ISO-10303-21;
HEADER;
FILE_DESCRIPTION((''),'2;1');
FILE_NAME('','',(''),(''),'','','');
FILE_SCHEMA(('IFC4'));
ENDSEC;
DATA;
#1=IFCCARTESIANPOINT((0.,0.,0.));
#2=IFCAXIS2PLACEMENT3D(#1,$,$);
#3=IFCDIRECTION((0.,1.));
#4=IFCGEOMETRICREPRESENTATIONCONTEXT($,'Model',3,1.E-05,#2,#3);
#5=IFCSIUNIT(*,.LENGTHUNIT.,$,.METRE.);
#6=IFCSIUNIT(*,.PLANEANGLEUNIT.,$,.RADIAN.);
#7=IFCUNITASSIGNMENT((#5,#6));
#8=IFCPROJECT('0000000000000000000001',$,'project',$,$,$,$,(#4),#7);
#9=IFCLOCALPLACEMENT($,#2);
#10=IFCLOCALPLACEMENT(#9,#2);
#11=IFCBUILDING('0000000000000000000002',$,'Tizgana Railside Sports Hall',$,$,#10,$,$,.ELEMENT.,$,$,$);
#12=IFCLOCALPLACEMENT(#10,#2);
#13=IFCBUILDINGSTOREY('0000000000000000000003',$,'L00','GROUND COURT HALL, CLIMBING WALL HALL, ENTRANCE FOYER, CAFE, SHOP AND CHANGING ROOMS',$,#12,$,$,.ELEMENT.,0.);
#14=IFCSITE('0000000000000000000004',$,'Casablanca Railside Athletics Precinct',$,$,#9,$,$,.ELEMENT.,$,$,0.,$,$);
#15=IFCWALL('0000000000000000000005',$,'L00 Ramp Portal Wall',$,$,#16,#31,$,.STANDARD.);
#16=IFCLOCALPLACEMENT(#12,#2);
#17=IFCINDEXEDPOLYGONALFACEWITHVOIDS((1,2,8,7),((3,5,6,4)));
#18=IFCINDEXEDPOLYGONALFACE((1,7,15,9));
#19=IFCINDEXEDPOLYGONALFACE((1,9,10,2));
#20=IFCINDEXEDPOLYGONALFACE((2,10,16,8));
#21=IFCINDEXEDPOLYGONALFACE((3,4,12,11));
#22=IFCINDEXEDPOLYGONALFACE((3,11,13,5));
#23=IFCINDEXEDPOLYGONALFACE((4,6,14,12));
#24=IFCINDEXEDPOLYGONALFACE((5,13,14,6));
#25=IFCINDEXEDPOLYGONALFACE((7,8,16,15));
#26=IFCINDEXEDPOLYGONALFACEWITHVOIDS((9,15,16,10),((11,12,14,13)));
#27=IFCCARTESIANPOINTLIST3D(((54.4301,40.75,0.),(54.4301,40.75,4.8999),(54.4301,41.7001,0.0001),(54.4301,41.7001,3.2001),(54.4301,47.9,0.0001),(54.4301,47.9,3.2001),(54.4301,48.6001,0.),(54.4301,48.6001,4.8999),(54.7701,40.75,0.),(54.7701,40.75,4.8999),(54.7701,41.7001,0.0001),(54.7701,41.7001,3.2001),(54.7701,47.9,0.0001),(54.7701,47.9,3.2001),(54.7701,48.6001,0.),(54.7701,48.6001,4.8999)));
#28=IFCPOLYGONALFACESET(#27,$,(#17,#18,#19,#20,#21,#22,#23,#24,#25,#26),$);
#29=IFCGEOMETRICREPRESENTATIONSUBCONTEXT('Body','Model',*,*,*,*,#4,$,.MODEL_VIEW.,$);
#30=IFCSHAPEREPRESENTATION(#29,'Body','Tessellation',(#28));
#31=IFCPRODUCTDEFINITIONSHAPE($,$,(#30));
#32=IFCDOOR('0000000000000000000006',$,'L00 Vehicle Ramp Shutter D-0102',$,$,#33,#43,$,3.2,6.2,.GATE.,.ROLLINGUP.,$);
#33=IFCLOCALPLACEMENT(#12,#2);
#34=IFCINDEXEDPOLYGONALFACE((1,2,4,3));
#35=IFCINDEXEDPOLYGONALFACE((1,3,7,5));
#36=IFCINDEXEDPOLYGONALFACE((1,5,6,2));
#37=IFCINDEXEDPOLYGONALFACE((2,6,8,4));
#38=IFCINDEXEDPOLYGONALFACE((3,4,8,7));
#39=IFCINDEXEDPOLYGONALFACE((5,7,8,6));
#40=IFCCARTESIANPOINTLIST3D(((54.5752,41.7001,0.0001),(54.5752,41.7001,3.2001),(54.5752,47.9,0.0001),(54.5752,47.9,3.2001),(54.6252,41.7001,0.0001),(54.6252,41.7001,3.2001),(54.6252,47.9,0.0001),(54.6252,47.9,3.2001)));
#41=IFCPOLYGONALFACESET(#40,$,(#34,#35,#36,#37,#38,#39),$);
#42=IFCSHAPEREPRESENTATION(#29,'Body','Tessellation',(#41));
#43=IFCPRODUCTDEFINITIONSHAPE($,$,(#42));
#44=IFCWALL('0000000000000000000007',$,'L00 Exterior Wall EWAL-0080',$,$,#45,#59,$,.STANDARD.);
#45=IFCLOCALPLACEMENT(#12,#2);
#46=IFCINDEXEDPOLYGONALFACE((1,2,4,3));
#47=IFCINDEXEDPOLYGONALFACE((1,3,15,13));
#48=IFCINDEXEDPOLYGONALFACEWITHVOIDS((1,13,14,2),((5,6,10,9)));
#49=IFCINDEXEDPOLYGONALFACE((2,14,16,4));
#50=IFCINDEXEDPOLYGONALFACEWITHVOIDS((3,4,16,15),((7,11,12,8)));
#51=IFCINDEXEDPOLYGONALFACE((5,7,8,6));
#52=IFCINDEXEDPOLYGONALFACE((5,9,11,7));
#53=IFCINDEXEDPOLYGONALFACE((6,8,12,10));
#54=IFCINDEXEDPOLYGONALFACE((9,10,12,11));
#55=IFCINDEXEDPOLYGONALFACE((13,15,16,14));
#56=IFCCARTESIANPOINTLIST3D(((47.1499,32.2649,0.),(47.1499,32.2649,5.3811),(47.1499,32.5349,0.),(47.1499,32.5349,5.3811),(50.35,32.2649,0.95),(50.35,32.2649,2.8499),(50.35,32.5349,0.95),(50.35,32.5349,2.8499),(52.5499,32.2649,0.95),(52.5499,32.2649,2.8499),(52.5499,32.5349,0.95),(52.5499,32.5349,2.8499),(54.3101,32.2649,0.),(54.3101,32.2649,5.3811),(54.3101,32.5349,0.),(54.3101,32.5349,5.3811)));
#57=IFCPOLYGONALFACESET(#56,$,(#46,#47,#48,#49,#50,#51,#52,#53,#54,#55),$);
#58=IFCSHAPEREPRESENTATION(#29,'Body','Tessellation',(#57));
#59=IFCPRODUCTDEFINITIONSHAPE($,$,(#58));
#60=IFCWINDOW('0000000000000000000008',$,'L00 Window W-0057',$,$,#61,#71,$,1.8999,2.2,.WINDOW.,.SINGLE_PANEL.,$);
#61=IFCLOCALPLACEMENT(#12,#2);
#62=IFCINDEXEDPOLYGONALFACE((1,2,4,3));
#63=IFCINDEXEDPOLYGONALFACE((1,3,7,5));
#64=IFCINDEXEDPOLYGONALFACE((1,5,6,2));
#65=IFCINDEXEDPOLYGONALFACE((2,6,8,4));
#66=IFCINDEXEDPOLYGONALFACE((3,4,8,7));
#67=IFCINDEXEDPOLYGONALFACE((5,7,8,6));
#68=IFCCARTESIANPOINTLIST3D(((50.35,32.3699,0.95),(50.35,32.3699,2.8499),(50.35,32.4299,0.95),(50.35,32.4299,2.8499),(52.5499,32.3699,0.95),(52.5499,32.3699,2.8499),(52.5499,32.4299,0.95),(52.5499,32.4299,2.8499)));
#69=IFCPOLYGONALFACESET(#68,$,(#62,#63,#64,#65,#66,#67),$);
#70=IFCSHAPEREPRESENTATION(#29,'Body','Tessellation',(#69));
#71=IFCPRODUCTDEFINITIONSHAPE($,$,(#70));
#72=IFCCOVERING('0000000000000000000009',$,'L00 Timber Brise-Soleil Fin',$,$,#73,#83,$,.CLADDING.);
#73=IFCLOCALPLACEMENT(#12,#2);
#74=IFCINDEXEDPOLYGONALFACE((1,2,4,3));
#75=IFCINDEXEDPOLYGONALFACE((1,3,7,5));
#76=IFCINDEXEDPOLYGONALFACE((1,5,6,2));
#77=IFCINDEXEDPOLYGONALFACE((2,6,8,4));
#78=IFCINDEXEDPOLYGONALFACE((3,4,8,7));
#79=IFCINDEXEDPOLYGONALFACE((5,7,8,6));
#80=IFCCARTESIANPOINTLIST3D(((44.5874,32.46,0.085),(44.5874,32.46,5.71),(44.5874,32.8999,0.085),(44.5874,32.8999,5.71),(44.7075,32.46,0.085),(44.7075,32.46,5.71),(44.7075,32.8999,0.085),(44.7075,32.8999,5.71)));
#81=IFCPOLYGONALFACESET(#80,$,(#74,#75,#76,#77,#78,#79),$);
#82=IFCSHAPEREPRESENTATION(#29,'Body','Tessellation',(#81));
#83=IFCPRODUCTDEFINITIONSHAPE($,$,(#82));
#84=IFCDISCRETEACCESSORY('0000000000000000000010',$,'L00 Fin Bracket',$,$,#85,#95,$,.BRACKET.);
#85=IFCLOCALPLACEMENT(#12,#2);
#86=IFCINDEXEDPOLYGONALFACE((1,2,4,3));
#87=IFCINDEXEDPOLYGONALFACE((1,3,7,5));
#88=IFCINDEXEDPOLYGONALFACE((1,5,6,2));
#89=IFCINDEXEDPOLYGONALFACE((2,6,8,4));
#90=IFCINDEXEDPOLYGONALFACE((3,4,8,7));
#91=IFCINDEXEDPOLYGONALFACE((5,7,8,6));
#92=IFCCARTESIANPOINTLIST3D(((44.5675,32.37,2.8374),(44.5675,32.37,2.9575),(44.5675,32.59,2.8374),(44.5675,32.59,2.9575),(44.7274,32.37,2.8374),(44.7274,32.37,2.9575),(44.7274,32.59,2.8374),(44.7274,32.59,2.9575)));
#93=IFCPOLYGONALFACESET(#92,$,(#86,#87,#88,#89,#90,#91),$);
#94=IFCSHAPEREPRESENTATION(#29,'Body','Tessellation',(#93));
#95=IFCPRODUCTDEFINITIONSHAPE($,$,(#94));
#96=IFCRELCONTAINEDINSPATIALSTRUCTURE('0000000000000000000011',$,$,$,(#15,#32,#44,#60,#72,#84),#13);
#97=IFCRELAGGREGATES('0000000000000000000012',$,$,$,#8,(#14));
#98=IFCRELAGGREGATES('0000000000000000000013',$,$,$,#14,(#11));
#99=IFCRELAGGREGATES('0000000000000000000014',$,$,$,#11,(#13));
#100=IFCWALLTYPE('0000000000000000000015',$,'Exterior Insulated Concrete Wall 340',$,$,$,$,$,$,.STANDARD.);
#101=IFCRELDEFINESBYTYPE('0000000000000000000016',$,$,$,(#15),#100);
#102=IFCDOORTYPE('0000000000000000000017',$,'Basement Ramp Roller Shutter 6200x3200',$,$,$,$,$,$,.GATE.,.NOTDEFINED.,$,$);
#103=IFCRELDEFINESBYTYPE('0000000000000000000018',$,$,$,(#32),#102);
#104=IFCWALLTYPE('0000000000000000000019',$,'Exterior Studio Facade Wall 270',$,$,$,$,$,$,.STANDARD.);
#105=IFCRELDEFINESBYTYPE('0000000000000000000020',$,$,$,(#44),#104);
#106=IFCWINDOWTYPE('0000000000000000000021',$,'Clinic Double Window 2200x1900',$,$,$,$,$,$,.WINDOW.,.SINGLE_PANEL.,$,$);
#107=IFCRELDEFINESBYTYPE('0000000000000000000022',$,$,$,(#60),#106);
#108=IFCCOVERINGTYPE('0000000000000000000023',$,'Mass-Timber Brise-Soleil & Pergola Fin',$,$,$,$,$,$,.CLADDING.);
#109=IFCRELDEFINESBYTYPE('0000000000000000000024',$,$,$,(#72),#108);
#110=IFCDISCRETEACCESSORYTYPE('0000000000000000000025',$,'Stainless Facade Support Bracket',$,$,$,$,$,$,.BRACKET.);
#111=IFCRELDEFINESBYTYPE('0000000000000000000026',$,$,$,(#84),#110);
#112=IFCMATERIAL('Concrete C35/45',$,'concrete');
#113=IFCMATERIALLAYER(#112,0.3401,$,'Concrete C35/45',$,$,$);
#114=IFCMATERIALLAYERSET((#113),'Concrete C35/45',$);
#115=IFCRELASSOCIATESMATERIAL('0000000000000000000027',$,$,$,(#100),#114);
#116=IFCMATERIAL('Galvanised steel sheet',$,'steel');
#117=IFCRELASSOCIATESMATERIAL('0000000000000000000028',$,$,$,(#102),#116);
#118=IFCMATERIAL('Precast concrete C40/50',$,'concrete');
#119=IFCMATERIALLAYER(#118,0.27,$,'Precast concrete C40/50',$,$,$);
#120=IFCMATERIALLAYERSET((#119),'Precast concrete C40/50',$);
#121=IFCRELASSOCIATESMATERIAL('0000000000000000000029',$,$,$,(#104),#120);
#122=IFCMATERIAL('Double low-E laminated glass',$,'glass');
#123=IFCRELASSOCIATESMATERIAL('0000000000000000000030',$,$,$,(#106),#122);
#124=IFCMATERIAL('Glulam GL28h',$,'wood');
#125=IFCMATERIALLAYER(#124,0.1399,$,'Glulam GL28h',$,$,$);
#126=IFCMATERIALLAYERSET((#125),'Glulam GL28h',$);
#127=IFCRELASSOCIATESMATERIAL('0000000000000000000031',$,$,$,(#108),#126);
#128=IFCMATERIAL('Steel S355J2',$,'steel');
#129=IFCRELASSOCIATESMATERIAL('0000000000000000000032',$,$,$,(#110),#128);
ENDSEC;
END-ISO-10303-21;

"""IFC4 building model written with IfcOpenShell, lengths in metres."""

from ifc_helpers import new_model, si_unit, direction, frame, frame_2d, origin, origin_2d, place, context, subcontext, project, spatial, rectangle, extrude, material, layer, layer_set, type_object, element, fill, save


model = new_model("IFC4")

# Units and contexts
model_context = context("Model", 3, precision=1e-05, world=origin(), true_north=direction((0.0, 1.0)))
body_context = subcontext(model_context, "Body", "Model", "MODEL_VIEW")
ifc_project = project(units=[si_unit("LENGTHUNIT", "METRE"), si_unit("PLANEANGLEUNIT", "RADIAN")], contexts=[model_context])

# Site, building, storey
site_placement = place(None, origin())
site = spatial("IfcSite", under=ifc_project, at=site_placement, Name="Casablanca Railside Athletics Precinct", CompositionType="ELEMENT", RefElevation=0.0)
building_placement = place(site_placement, origin())
building = spatial("IfcBuilding", under=site, at=building_placement, Name="Tizgana Railside Sports Hall", CompositionType="ELEMENT")
storey_placement = place(building_placement, origin())
storey = spatial("IfcBuildingStorey", under=building, at=storey_placement, Name="L00", Description="GROUND COURT HALL, CLIMBING WALL HALL, ENTRANCE FOYER, CAFE, SHOP AND CHANGING ROOMS", CompositionType="ELEMENT", Elevation=0.0)

# Shared definitions
ifc_material_1 = material(Name="Steel S355J2", Category="steel")

# Shared definitions
ifc_material_2 = material(Name="Double low-E laminated glass", Category="glass")

# Wall, opening, door
ifc_material_3 = material(Name="Concrete C35/45", Category="concrete")
ifc_layer_1 = layer(ifc_material_3, 0.3401, Name="Concrete C35/45")
ifc_layer_set_1 = layer_set([ifc_layer_1], Name="Concrete C35/45")
wall_type_1 = type_object("IfcWallType", Name="Exterior Insulated Concrete Wall 340", PredefinedType="STANDARD", material=ifc_layer_set_1)
wall_1_placement = place(storey_placement, frame((54.6001, 40.75, 0.0), z_axis=(0.0, 0.0, 1.0), x_axis=(0.0, 1.0, 0.0)))
wall_1 = element("IfcWall", 1, at=wall_1_placement, inside=storey, type_object=wall_type_1, Name="L00 Ramp Portal Wall", PredefinedType="STANDARD", context=body_context, shape_type="SweptSolid", body=[
    extrude(rectangle(XDim=7.8501, YDim=0.3401, at=frame_2d((3.925, 0.0))), origin(), (0.0, 0.0, 1.0), 4.8999),
])
opening_1_placement = place(wall_1_placement, frame((0.95, 0.0, 0.0)))
opening_1 = element("IfcOpeningElement", 2, at=opening_1_placement, cuts=wall_1, PredefinedType="OPENING", context=body_context, shape_type="SweptSolid", body=[
    extrude(rectangle(XDim=6.2, YDim=3.2, at=frame_2d((3.1001, 1.6001))), frame((0.0, 0.1799, 0.0), z_axis=(0.0, -1.0, 0.0), x_axis=(1.0, 0.0, 0.0)), (0.0, 0.0, 1.0), 0.3601),
])
ifc_material_4 = material(Name="Galvanised steel sheet", Category="steel")
door_type = type_object("IfcDoorType", Name="Basement Ramp Roller Shutter 6200x3200", OperationType="NOTDEFINED", PredefinedType="GATE", material=ifc_material_4)
door_placement = place(opening_1_placement, origin())
door = element("IfcDoor", 3, at=door_placement, inside=storey, type_object=door_type, Name="L00 Vehicle Ramp Shutter D-0102", OperationType="ROLLINGUP", OverallHeight=3.2, OverallWidth=6.2, PredefinedType="GATE", context=body_context, shape_type="SweptSolid", body=[
    extrude(rectangle(XDim=6.2, YDim=3.2, at=frame_2d((3.1001, 1.6001))), frame((0.0, 0.0249, 0.0), z_axis=(0.0, -1.0, 0.0), x_axis=(1.0, 0.0, 0.0)), (0.0, 0.0, 1.0), 0.05),
])
fill(opening_1, door)

# Wall, opening, window
ifc_material_5 = material(Name="Precast concrete C40/50", Category="concrete")
ifc_layer_2 = layer(ifc_material_5, 0.27, Name="Precast concrete C40/50")
ifc_layer_set_2 = layer_set([ifc_layer_2], Name="Precast concrete C40/50")
wall_type_2 = type_object("IfcWallType", Name="Exterior Studio Facade Wall 270", PredefinedType="STANDARD", material=ifc_layer_set_2)
wall_2_placement = place(storey_placement, frame((47.1499, 32.3999, 0.0), z_axis=(0.0, 0.0, 1.0), x_axis=(1.0, 0.0, 0.0)))
wall_2 = element("IfcWall", 4, at=wall_2_placement, inside=storey, type_object=wall_type_2, Name="L00 Exterior Wall EWAL-0080", PredefinedType="STANDARD", context=body_context, shape_type="SweptSolid", body=[
    extrude(rectangle(XDim=7.1602, YDim=0.27, at=frame_2d((3.5801, 0.0))), origin(), (0.0, 0.0, 1.0), 5.3811),
])
opening_2_placement = place(wall_2_placement, frame((3.2, 0.0, 0.95)))
opening_2 = element("IfcOpeningElement", 5, at=opening_2_placement, cuts=wall_2, PredefinedType="OPENING", context=body_context, shape_type="SweptSolid", body=[
    extrude(rectangle(XDim=2.2, YDim=1.8999, at=frame_2d((1.1001, 0.95))), frame((0.0, 0.145, 0.0), z_axis=(0.0, -1.0, 0.0), x_axis=(1.0, 0.0, 0.0)), (0.0, 0.0, 1.0), 0.29),
])
window_type = type_object("IfcWindowType", Name="Clinic Double Window 2200x1900", PartitioningType="SINGLE_PANEL", PredefinedType="WINDOW", material=ifc_material_2)
window_placement = place(opening_2_placement, origin())
window = element("IfcWindow", 6, at=window_placement, inside=storey, type_object=window_type, Name="L00 Window W-0057", OverallHeight=1.8999, OverallWidth=2.2, PartitioningType="SINGLE_PANEL", PredefinedType="WINDOW", context=body_context, shape_type="SweptSolid", body=[
    extrude(rectangle(XDim=2.2, YDim=1.8999, at=frame_2d((1.1001, 0.95))), frame((0.0, 0.03, 0.0), z_axis=(0.0, -1.0, 0.0), x_axis=(1.0, 0.0, 0.0)), (0.0, 0.0, 1.0), 0.0601),
])
fill(opening_2, window)

# Covering
ifc_material_6 = material(Name="Glulam GL28h", Category="wood")
ifc_layer_3 = layer(ifc_material_6, 0.1399, Name="Glulam GL28h")
ifc_layer_set_3 = layer_set([ifc_layer_3], Name="Glulam GL28h")
covering_type = type_object("IfcCoveringType", Name="Mass-Timber Brise-Soleil & Pergola Fin", PredefinedType="CLADDING", material=ifc_layer_set_3)
covering_placement = place(storey_placement, frame((44.6475, 32.6799, 0.085), z_axis=(0.0, 0.0, 1.0), x_axis=(1.0, 0.0, 0.0)))
element("IfcCovering", 7, at=covering_placement, inside=storey, type_object=covering_type, Name="L00 Timber Brise-Soleil Fin", PredefinedType="CLADDING", context=body_context, shape_type="SweptSolid", body=[
    extrude(rectangle(XDim=0.1201, YDim=0.4399, at=origin_2d()), origin(), (0.0, 0.0, 1.0), 5.625),
])

# Discrete accessory
discrete_accessory_type = type_object("IfcDiscreteAccessoryType", Name="Stainless Facade Support Bracket", PredefinedType="BRACKET", material=ifc_material_1)
discrete_accessory_placement = place(storey_placement, frame((44.6475, 32.48, 2.8374), z_axis=(0.0, 0.0, 1.0), x_axis=(1.0, 0.0, 0.0)))
element("IfcDiscreteAccessory", 8, at=discrete_accessory_placement, inside=storey, type_object=discrete_accessory_type, Name="L00 Fin Bracket", PredefinedType="BRACKET", context=body_context, shape_type="SweptSolid", body=[
    extrude(rectangle(XDim=0.1599, YDim=0.22, at=origin_2d()), origin(), (0.0, 0.0, 1.0), 0.1201),
])

save(model, "model.ifc")
